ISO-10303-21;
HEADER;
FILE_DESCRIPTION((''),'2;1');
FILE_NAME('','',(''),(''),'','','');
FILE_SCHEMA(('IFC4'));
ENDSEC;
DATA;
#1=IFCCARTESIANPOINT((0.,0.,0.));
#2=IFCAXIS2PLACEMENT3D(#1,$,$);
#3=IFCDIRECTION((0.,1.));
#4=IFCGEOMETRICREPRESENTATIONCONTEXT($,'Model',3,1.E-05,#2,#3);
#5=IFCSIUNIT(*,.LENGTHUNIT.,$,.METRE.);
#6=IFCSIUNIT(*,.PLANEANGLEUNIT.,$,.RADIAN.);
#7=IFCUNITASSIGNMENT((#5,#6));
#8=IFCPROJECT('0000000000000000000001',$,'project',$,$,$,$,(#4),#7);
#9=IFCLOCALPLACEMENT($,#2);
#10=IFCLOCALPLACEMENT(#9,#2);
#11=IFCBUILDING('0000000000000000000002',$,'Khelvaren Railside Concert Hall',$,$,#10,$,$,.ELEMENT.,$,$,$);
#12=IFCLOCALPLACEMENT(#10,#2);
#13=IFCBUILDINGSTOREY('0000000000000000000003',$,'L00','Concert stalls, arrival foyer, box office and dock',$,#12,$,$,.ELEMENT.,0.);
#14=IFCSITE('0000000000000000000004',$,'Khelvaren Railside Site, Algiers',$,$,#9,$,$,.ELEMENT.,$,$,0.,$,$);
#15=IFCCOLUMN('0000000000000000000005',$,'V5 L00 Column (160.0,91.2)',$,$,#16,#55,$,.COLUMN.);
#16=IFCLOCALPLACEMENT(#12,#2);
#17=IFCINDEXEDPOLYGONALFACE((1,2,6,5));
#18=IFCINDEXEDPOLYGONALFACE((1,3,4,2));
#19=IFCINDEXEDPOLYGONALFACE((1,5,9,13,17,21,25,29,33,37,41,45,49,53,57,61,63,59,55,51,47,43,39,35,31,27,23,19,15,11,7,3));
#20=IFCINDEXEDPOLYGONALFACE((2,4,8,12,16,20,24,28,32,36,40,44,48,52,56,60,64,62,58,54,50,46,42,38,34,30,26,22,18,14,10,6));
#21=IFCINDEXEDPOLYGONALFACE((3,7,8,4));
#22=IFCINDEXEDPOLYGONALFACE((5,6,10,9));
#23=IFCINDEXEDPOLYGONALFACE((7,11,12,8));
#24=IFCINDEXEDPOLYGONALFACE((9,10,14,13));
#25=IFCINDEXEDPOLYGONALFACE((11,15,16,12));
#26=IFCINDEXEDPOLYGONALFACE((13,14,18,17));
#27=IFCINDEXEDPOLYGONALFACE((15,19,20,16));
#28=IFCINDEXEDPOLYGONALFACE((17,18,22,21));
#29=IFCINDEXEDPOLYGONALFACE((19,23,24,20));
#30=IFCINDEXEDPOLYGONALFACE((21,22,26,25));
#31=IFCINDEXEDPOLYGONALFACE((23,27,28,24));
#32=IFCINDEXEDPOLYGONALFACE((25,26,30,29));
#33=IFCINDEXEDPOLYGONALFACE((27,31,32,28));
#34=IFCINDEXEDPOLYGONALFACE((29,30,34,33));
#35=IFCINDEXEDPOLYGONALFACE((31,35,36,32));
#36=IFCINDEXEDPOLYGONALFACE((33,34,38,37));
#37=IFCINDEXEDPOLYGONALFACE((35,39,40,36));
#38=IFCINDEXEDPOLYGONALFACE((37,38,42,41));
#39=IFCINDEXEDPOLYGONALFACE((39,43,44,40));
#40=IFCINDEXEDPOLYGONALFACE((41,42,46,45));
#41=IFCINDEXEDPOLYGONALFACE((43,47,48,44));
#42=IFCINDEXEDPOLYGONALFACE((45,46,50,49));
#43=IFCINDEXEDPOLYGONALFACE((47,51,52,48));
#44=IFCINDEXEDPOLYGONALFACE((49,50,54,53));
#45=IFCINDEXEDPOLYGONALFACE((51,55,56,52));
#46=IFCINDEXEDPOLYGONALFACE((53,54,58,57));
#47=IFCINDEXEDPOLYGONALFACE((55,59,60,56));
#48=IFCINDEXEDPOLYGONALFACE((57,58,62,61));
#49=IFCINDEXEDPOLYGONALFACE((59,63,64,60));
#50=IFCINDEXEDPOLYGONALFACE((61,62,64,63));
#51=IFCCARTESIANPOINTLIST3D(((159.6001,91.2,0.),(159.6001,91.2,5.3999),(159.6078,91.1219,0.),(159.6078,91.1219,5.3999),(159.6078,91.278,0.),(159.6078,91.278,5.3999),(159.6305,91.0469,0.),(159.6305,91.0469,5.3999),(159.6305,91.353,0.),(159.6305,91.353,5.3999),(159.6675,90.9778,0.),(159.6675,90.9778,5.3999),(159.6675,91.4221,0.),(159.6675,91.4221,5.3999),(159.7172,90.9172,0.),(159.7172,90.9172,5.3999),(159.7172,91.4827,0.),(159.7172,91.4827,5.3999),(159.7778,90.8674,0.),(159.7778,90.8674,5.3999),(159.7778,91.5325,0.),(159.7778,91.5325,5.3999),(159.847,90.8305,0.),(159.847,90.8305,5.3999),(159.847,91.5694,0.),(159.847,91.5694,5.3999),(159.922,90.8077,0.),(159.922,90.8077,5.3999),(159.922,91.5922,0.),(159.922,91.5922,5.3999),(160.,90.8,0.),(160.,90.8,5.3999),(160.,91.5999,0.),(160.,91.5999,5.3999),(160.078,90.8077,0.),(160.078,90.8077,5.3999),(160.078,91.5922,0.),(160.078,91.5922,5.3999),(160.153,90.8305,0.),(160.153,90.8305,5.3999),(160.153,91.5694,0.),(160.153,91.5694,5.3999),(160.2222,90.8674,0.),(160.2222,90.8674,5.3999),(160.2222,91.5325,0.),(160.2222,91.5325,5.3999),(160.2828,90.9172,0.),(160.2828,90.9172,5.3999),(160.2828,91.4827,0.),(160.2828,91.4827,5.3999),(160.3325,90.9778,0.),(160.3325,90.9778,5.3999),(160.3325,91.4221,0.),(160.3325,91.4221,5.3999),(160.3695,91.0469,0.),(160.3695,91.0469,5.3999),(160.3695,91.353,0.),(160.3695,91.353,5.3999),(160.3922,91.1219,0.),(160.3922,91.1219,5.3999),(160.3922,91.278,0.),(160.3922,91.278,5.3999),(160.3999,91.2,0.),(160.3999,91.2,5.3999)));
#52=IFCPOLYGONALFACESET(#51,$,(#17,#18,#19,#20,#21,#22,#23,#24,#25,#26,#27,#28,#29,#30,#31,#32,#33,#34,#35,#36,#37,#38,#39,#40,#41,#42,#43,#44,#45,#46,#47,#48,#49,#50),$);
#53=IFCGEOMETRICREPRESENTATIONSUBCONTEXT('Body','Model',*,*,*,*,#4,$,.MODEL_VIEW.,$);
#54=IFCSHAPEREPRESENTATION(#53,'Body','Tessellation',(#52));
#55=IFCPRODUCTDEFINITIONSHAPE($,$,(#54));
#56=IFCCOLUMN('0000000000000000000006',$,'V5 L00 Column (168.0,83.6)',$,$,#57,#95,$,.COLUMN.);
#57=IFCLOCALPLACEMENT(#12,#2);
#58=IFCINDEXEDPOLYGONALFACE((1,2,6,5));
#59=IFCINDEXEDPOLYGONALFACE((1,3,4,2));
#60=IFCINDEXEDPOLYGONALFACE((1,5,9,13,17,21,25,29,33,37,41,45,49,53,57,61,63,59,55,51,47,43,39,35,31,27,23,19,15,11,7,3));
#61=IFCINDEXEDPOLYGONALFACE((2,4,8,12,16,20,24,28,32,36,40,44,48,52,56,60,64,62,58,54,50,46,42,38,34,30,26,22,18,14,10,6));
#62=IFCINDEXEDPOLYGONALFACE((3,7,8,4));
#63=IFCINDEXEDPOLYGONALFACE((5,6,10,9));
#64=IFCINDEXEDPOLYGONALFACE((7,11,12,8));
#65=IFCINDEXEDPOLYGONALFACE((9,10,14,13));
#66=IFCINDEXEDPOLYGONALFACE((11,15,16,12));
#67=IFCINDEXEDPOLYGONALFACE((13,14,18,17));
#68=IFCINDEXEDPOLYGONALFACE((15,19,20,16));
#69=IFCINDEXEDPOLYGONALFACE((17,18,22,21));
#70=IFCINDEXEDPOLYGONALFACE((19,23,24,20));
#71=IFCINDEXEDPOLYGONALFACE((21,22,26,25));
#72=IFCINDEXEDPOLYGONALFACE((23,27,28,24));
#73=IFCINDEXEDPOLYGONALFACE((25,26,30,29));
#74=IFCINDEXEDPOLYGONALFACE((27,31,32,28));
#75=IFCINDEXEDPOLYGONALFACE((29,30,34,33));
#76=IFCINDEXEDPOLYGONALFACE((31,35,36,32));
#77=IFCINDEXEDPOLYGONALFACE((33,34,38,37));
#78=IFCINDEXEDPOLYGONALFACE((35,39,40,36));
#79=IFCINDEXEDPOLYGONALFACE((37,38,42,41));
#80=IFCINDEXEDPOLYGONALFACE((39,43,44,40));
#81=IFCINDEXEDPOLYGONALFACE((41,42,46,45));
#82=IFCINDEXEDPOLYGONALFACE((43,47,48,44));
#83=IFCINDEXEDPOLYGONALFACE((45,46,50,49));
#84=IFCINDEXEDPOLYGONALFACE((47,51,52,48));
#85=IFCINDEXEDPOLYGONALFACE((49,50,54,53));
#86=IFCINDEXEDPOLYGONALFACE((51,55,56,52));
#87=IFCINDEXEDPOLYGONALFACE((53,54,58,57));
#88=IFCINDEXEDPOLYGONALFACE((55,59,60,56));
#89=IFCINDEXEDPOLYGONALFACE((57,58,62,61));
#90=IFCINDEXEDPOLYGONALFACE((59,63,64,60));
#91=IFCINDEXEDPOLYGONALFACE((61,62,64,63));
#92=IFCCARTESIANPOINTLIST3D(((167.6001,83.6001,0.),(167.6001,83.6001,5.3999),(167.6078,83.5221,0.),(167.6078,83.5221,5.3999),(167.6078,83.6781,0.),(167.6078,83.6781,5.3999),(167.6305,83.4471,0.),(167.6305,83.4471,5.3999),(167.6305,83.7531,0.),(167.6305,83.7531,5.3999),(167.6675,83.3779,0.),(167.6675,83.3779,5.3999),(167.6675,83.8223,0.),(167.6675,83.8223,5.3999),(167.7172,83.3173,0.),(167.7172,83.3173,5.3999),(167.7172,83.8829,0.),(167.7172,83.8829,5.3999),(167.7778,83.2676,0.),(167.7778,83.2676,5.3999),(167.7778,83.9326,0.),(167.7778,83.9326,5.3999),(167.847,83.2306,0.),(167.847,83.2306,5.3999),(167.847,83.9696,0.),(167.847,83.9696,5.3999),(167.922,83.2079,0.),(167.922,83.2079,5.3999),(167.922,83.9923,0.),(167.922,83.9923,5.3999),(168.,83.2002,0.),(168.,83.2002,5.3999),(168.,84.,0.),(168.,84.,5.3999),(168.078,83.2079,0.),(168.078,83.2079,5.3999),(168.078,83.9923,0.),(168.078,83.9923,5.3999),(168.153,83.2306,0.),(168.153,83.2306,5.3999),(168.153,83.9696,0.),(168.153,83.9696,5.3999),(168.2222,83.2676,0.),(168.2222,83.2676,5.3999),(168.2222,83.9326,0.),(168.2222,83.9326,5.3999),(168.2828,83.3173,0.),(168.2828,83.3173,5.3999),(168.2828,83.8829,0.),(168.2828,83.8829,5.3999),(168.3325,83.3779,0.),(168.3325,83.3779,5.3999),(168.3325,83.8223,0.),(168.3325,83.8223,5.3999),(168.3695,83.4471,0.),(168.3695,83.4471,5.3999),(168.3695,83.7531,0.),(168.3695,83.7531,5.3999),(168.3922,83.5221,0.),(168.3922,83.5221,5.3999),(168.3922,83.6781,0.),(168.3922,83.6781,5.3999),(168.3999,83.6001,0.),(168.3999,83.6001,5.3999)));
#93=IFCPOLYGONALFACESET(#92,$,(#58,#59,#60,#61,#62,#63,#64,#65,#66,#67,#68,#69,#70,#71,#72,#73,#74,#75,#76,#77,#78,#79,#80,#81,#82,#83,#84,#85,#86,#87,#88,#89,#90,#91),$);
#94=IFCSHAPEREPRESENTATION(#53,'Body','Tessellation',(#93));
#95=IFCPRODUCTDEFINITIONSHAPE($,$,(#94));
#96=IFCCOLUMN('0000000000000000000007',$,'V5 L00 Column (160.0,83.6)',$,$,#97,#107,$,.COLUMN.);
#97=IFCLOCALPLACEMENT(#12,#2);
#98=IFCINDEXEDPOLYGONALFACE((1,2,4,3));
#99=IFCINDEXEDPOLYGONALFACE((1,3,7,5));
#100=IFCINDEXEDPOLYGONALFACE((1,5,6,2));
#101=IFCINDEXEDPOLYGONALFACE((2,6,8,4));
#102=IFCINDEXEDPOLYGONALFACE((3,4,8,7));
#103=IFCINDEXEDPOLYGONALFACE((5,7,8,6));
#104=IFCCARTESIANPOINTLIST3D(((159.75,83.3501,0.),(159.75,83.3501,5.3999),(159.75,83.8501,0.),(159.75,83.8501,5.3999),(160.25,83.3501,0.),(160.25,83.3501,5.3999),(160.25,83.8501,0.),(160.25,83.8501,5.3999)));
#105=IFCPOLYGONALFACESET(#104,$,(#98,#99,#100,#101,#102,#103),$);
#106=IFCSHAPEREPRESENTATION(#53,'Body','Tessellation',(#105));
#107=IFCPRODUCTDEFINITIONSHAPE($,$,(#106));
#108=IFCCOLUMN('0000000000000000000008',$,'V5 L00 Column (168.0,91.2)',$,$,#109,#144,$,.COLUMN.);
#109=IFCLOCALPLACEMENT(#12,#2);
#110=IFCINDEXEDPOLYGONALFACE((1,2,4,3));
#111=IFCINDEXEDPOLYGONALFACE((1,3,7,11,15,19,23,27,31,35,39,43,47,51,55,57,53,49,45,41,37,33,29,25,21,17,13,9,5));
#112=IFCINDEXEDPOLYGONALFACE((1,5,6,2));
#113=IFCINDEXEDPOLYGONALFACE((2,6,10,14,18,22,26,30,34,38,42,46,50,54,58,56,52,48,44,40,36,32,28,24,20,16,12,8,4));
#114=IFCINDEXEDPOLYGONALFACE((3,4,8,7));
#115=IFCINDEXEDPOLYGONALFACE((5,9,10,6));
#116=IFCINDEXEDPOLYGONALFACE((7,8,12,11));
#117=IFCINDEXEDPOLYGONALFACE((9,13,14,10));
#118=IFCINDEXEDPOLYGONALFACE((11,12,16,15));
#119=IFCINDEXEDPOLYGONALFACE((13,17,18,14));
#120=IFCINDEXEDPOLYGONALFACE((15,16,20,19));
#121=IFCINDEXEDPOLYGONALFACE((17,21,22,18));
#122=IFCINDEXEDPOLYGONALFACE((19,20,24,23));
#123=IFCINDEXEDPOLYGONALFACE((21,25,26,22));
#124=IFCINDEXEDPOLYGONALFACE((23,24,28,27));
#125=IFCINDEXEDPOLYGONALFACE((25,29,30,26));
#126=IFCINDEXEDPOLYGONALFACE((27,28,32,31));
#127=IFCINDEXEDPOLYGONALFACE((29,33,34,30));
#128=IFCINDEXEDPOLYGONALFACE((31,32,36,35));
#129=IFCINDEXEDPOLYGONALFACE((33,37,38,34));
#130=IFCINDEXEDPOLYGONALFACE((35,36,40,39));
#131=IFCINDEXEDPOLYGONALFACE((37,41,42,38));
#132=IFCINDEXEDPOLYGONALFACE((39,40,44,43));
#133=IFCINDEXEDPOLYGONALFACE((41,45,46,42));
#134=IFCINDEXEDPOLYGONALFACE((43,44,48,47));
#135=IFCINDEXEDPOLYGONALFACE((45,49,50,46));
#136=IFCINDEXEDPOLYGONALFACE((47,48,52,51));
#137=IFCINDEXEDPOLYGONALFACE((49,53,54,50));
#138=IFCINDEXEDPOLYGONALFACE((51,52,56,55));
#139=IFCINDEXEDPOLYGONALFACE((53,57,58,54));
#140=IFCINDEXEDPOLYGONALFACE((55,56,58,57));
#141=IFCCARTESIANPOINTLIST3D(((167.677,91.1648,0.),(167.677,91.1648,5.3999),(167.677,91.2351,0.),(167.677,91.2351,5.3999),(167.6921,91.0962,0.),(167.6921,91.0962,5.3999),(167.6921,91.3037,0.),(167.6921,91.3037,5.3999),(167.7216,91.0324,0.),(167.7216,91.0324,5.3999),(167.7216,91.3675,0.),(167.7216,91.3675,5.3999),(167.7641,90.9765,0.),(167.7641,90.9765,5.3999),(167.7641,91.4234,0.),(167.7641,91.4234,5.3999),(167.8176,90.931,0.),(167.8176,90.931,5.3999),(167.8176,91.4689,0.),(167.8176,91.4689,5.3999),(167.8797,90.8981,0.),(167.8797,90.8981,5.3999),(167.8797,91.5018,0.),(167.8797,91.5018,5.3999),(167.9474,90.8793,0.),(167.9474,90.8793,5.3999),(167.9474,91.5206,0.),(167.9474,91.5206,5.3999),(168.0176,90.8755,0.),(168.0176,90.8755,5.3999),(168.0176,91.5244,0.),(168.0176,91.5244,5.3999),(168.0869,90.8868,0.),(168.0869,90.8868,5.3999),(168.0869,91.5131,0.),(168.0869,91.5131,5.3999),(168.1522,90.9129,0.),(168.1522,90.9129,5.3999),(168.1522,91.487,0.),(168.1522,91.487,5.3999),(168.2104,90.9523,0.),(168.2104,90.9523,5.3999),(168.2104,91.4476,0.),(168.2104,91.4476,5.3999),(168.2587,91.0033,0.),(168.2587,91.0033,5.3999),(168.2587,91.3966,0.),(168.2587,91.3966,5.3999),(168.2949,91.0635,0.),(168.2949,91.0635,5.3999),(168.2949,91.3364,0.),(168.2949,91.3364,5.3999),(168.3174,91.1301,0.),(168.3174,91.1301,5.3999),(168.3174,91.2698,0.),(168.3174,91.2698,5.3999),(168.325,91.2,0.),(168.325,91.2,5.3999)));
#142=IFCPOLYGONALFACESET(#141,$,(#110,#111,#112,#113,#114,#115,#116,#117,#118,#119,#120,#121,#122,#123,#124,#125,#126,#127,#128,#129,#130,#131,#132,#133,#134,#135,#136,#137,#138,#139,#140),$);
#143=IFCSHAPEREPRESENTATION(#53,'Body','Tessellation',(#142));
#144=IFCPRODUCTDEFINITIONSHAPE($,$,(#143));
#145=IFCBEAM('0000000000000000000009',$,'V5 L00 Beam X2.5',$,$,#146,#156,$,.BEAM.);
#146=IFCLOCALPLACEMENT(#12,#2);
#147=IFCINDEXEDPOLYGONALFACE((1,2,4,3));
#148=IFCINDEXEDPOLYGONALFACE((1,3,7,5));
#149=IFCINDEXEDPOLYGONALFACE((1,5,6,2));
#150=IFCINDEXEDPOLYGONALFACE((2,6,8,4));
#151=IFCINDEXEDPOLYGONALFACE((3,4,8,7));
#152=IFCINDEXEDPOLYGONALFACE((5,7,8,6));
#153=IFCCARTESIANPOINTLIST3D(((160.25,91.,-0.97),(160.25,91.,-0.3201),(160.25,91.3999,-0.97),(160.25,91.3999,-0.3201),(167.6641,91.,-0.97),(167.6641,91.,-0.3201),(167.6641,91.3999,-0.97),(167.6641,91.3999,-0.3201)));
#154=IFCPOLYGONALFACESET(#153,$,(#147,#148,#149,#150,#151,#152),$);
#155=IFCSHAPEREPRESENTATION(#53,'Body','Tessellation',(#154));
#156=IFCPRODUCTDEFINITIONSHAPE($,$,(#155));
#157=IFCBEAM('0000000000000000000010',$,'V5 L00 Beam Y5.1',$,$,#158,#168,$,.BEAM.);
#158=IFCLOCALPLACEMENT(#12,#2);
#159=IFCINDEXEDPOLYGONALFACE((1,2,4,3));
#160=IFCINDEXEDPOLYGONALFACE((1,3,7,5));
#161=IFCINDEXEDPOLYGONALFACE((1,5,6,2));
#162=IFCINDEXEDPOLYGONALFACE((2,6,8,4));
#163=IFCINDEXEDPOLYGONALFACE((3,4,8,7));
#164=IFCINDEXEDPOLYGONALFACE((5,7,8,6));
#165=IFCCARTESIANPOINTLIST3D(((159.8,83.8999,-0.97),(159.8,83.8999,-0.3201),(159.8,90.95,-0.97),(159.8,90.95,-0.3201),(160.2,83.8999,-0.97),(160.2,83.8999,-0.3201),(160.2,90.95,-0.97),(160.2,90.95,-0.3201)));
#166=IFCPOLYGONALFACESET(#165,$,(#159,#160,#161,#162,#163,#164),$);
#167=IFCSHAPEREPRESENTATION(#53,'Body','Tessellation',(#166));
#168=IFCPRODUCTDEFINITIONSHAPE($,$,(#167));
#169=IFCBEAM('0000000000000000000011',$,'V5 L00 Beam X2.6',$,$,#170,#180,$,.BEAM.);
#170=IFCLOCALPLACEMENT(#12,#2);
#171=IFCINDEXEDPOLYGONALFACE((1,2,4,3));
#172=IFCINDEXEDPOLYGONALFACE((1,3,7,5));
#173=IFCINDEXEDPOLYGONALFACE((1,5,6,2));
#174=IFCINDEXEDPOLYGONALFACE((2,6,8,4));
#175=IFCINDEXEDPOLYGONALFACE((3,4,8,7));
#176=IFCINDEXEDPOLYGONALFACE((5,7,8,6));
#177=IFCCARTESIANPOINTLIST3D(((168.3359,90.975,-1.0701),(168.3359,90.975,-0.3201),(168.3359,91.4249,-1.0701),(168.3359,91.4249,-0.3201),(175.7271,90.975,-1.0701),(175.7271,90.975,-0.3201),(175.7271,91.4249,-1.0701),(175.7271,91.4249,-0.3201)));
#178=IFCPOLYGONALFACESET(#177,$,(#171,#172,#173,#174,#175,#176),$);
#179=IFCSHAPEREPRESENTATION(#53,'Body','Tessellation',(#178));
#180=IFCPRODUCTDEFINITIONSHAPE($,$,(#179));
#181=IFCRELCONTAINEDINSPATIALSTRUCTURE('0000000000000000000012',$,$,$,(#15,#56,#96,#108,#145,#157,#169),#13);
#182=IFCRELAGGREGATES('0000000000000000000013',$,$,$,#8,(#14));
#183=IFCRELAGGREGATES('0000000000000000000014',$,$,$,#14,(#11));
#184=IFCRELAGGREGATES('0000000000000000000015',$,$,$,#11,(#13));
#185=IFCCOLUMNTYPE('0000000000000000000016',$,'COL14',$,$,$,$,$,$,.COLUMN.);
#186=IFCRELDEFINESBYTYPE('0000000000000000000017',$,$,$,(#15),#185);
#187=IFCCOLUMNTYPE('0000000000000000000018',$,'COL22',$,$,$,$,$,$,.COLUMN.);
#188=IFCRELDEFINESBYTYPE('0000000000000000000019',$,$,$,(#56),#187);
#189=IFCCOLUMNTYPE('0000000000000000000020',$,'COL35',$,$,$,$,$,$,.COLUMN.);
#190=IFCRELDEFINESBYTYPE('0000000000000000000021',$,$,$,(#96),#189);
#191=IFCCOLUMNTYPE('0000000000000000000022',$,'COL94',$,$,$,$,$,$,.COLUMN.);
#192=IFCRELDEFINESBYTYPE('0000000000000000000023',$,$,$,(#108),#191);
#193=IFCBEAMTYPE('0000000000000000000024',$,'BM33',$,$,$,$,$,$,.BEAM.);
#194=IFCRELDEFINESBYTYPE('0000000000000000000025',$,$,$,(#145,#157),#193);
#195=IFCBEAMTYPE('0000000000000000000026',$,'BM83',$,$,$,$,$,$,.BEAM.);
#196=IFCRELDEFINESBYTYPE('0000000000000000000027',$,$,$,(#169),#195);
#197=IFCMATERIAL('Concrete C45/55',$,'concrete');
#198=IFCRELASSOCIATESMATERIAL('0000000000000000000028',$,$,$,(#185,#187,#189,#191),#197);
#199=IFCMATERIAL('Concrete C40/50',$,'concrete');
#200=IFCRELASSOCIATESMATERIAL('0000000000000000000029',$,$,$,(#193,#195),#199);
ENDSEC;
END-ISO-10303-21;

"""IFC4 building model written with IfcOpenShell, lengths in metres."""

from ifc_helpers import new_model, si_unit, direction, frame, origin, origin_2d, place, context, subcontext, project, spatial, rectangle, circle, extrude, material, material_profile, profile_set, type_object, element, save


model = new_model("IFC4")

# Units and contexts
model_context = context("Model", 3, precision=1e-05, world=origin(), true_north=direction((0.0, 1.0)))
body_context = subcontext(model_context, "Body", "Model", "MODEL_VIEW")
ifc_project = project(units=[si_unit("LENGTHUNIT", "METRE"), si_unit("PLANEANGLEUNIT", "RADIAN")], contexts=[model_context])

# Site, building, storey
site_placement = place(None, origin())
site = spatial("IfcSite", under=ifc_project, at=site_placement, Name="Khelvaren Railside Site, Algiers", CompositionType="ELEMENT", RefElevation=0.0)
building_placement = place(site_placement, origin())
building = spatial("IfcBuilding", under=site, at=building_placement, Name="Khelvaren Railside Concert Hall", CompositionType="ELEMENT")
storey_placement = place(building_placement, origin())
storey = spatial("IfcBuildingStorey", under=building, at=storey_placement, Name="L00", Description="Concert stalls, arrival foyer, box office and dock", CompositionType="ELEMENT", Elevation=0.0)

# Columns
ifc_material_1 = material(Name="Concrete C45/55", Category="concrete")
ifc_material_profile_1 = material_profile(ifc_material_1, circle(Radius=0.3999, at=origin_2d()), Name="RC D800")
ifc_profile_set_1 = profile_set([ifc_material_profile_1], Name="Concrete C45/55")
column_type_1 = type_object("IfcColumnType", Name="COL14", PredefinedType="COLUMN", material=ifc_profile_set_1)
column_1_placement = place(storey_placement, frame((160.0, 91.2, 0.0), z_axis=(0.0, 0.0, 1.0), x_axis=(1.0, 0.0, 0.0)))
element("IfcColumn", 1, at=column_1_placement, inside=storey, type_object=column_type_1, Name="V5 L00 Column (160.0,91.2)", PredefinedType="COLUMN", context=body_context, shape_type="SweptSolid", body=[
    extrude(circle(Radius=0.3999, at=origin_2d()), origin(), (0.0, 0.0, 1.0), 5.3999),
])
ifc_material_profile_2 = material_profile(ifc_material_1, circle(Radius=0.3999, at=origin_2d()), Name="RC D800")
ifc_profile_set_2 = profile_set([ifc_material_profile_2], Name="Concrete C45/55")
column_type_2 = type_object("IfcColumnType", Name="COL22", PredefinedType="COLUMN", material=ifc_profile_set_2)
column_2_placement = place(storey_placement, frame((168.0, 83.6001, 0.0), z_axis=(0.0, 0.0, 1.0), x_axis=(1.0, 0.0, 0.0)))
element("IfcColumn", 2, at=column_2_placement, inside=storey, type_object=column_type_2, Name="V5 L00 Column (168.0,83.6)", PredefinedType="COLUMN", context=body_context, shape_type="SweptSolid", body=[
    extrude(circle(Radius=0.3999, at=origin_2d()), origin(), (0.0, 0.0, 1.0), 5.3999),
])
ifc_material_profile_3 = material_profile(ifc_material_1, rectangle(XDim=0.5, YDim=0.5, at=origin_2d()), Name="RC 500x500")
ifc_profile_set_3 = profile_set([ifc_material_profile_3], Name="Concrete C45/55")
column_type_3 = type_object("IfcColumnType", Name="COL35", PredefinedType="COLUMN", material=ifc_profile_set_3)
column_3_placement = place(storey_placement, frame((160.0, 83.6001, 0.0), z_axis=(0.0, 0.0, 1.0), x_axis=(1.0, 0.0, 0.0)))
element("IfcColumn", 3, at=column_3_placement, inside=storey, type_object=column_type_3, Name="V5 L00 Column (160.0,83.6)", PredefinedType="COLUMN", context=body_context, shape_type="SweptSolid", body=[
    extrude(rectangle(XDim=0.5, YDim=0.5, at=origin_2d()), origin(), (0.0, 0.0, 1.0), 5.3999),
])
ifc_material_profile_4 = material_profile(ifc_material_1, circle(Radius=0.325, at=origin_2d()), Name="RC D650")
ifc_profile_set_4 = profile_set([ifc_material_profile_4], Name="Concrete C45/55")
column_type_4 = type_object("IfcColumnType", Name="COL94", PredefinedType="COLUMN", material=ifc_profile_set_4)
column_4_placement = place(storey_placement, frame((168.0, 91.2, 0.0), z_axis=(0.0, 0.0, 1.0), x_axis=(1.0, 0.0, 0.0)))
element("IfcColumn", 4, at=column_4_placement, inside=storey, type_object=column_type_4, Name="V5 L00 Column (168.0,91.2)", PredefinedType="COLUMN", context=body_context, shape_type="SweptSolid", body=[
    extrude(circle(Radius=0.325, at=origin_2d()), origin(), (0.0, 0.0, 1.0), 5.3999),
])

# Beams
ifc_material_2 = material(Name="Concrete C40/50", Category="concrete")
ifc_material_profile_5 = material_profile(ifc_material_2, rectangle(XDim=0.3999, YDim=0.6499, at=origin_2d()), Name="RCB 400x650")
ifc_profile_set_5 = profile_set([ifc_material_profile_5], Name="Concrete C40/50")
beam_type_1 = type_object("IfcBeamType", Name="BM33", PredefinedType="BEAM", material=ifc_profile_set_5)
beam_1_placement = place(storey_placement, frame((160.25, 91.2, -0.645), z_axis=(1.0, 0.0, 0.0), x_axis=(0.0, 1.0, 0.0)))
element("IfcBeam", 5, at=beam_1_placement, inside=storey, type_object=beam_type_1, Name="V5 L00 Beam X2.5", PredefinedType="BEAM", context=body_context, shape_type="SweptSolid", body=[
    extrude(rectangle(XDim=0.3999, YDim=0.6499, at=origin_2d()), origin(), (0.0, 0.0, 1.0), 7.4141),
])
beam_2_placement = place(storey_placement, frame((160.0, 83.8999, -0.645), z_axis=(0.0, 1.0, 0.0), x_axis=(-1.0, 0.0, 0.0)))
element("IfcBeam", 6, at=beam_2_placement, inside=storey, type_object=beam_type_1, Name="V5 L00 Beam Y5.1", PredefinedType="BEAM", context=body_context, shape_type="SweptSolid", body=[
    extrude(rectangle(XDim=0.3999, YDim=0.6499, at=origin_2d()), origin(), (0.0, 0.0, 1.0), 7.05),
])
ifc_material_profile_6 = material_profile(ifc_material_2, rectangle(XDim=0.45, YDim=0.75, at=origin_2d()), Name="RCB 450x750")
ifc_profile_set_6 = profile_set([ifc_material_profile_6], Name="Concrete C40/50")
beam_type_2 = type_object("IfcBeamType", Name="BM83", PredefinedType="BEAM", material=ifc_profile_set_6)
beam_3_placement = place(storey_placement, frame((168.3359, 91.2, -0.6951), z_axis=(1.0, 0.0, 0.0), x_axis=(0.0, 1.0, 0.0)))
element("IfcBeam", 7, at=beam_3_placement, inside=storey, type_object=beam_type_2, Name="V5 L00 Beam X2.6", PredefinedType="BEAM", context=body_context, shape_type="SweptSolid", body=[
    extrude(rectangle(XDim=0.45, YDim=0.75, at=origin_2d()), origin(), (0.0, 0.0, 1.0), 7.3911),
])

save(model, "model.ifc")
